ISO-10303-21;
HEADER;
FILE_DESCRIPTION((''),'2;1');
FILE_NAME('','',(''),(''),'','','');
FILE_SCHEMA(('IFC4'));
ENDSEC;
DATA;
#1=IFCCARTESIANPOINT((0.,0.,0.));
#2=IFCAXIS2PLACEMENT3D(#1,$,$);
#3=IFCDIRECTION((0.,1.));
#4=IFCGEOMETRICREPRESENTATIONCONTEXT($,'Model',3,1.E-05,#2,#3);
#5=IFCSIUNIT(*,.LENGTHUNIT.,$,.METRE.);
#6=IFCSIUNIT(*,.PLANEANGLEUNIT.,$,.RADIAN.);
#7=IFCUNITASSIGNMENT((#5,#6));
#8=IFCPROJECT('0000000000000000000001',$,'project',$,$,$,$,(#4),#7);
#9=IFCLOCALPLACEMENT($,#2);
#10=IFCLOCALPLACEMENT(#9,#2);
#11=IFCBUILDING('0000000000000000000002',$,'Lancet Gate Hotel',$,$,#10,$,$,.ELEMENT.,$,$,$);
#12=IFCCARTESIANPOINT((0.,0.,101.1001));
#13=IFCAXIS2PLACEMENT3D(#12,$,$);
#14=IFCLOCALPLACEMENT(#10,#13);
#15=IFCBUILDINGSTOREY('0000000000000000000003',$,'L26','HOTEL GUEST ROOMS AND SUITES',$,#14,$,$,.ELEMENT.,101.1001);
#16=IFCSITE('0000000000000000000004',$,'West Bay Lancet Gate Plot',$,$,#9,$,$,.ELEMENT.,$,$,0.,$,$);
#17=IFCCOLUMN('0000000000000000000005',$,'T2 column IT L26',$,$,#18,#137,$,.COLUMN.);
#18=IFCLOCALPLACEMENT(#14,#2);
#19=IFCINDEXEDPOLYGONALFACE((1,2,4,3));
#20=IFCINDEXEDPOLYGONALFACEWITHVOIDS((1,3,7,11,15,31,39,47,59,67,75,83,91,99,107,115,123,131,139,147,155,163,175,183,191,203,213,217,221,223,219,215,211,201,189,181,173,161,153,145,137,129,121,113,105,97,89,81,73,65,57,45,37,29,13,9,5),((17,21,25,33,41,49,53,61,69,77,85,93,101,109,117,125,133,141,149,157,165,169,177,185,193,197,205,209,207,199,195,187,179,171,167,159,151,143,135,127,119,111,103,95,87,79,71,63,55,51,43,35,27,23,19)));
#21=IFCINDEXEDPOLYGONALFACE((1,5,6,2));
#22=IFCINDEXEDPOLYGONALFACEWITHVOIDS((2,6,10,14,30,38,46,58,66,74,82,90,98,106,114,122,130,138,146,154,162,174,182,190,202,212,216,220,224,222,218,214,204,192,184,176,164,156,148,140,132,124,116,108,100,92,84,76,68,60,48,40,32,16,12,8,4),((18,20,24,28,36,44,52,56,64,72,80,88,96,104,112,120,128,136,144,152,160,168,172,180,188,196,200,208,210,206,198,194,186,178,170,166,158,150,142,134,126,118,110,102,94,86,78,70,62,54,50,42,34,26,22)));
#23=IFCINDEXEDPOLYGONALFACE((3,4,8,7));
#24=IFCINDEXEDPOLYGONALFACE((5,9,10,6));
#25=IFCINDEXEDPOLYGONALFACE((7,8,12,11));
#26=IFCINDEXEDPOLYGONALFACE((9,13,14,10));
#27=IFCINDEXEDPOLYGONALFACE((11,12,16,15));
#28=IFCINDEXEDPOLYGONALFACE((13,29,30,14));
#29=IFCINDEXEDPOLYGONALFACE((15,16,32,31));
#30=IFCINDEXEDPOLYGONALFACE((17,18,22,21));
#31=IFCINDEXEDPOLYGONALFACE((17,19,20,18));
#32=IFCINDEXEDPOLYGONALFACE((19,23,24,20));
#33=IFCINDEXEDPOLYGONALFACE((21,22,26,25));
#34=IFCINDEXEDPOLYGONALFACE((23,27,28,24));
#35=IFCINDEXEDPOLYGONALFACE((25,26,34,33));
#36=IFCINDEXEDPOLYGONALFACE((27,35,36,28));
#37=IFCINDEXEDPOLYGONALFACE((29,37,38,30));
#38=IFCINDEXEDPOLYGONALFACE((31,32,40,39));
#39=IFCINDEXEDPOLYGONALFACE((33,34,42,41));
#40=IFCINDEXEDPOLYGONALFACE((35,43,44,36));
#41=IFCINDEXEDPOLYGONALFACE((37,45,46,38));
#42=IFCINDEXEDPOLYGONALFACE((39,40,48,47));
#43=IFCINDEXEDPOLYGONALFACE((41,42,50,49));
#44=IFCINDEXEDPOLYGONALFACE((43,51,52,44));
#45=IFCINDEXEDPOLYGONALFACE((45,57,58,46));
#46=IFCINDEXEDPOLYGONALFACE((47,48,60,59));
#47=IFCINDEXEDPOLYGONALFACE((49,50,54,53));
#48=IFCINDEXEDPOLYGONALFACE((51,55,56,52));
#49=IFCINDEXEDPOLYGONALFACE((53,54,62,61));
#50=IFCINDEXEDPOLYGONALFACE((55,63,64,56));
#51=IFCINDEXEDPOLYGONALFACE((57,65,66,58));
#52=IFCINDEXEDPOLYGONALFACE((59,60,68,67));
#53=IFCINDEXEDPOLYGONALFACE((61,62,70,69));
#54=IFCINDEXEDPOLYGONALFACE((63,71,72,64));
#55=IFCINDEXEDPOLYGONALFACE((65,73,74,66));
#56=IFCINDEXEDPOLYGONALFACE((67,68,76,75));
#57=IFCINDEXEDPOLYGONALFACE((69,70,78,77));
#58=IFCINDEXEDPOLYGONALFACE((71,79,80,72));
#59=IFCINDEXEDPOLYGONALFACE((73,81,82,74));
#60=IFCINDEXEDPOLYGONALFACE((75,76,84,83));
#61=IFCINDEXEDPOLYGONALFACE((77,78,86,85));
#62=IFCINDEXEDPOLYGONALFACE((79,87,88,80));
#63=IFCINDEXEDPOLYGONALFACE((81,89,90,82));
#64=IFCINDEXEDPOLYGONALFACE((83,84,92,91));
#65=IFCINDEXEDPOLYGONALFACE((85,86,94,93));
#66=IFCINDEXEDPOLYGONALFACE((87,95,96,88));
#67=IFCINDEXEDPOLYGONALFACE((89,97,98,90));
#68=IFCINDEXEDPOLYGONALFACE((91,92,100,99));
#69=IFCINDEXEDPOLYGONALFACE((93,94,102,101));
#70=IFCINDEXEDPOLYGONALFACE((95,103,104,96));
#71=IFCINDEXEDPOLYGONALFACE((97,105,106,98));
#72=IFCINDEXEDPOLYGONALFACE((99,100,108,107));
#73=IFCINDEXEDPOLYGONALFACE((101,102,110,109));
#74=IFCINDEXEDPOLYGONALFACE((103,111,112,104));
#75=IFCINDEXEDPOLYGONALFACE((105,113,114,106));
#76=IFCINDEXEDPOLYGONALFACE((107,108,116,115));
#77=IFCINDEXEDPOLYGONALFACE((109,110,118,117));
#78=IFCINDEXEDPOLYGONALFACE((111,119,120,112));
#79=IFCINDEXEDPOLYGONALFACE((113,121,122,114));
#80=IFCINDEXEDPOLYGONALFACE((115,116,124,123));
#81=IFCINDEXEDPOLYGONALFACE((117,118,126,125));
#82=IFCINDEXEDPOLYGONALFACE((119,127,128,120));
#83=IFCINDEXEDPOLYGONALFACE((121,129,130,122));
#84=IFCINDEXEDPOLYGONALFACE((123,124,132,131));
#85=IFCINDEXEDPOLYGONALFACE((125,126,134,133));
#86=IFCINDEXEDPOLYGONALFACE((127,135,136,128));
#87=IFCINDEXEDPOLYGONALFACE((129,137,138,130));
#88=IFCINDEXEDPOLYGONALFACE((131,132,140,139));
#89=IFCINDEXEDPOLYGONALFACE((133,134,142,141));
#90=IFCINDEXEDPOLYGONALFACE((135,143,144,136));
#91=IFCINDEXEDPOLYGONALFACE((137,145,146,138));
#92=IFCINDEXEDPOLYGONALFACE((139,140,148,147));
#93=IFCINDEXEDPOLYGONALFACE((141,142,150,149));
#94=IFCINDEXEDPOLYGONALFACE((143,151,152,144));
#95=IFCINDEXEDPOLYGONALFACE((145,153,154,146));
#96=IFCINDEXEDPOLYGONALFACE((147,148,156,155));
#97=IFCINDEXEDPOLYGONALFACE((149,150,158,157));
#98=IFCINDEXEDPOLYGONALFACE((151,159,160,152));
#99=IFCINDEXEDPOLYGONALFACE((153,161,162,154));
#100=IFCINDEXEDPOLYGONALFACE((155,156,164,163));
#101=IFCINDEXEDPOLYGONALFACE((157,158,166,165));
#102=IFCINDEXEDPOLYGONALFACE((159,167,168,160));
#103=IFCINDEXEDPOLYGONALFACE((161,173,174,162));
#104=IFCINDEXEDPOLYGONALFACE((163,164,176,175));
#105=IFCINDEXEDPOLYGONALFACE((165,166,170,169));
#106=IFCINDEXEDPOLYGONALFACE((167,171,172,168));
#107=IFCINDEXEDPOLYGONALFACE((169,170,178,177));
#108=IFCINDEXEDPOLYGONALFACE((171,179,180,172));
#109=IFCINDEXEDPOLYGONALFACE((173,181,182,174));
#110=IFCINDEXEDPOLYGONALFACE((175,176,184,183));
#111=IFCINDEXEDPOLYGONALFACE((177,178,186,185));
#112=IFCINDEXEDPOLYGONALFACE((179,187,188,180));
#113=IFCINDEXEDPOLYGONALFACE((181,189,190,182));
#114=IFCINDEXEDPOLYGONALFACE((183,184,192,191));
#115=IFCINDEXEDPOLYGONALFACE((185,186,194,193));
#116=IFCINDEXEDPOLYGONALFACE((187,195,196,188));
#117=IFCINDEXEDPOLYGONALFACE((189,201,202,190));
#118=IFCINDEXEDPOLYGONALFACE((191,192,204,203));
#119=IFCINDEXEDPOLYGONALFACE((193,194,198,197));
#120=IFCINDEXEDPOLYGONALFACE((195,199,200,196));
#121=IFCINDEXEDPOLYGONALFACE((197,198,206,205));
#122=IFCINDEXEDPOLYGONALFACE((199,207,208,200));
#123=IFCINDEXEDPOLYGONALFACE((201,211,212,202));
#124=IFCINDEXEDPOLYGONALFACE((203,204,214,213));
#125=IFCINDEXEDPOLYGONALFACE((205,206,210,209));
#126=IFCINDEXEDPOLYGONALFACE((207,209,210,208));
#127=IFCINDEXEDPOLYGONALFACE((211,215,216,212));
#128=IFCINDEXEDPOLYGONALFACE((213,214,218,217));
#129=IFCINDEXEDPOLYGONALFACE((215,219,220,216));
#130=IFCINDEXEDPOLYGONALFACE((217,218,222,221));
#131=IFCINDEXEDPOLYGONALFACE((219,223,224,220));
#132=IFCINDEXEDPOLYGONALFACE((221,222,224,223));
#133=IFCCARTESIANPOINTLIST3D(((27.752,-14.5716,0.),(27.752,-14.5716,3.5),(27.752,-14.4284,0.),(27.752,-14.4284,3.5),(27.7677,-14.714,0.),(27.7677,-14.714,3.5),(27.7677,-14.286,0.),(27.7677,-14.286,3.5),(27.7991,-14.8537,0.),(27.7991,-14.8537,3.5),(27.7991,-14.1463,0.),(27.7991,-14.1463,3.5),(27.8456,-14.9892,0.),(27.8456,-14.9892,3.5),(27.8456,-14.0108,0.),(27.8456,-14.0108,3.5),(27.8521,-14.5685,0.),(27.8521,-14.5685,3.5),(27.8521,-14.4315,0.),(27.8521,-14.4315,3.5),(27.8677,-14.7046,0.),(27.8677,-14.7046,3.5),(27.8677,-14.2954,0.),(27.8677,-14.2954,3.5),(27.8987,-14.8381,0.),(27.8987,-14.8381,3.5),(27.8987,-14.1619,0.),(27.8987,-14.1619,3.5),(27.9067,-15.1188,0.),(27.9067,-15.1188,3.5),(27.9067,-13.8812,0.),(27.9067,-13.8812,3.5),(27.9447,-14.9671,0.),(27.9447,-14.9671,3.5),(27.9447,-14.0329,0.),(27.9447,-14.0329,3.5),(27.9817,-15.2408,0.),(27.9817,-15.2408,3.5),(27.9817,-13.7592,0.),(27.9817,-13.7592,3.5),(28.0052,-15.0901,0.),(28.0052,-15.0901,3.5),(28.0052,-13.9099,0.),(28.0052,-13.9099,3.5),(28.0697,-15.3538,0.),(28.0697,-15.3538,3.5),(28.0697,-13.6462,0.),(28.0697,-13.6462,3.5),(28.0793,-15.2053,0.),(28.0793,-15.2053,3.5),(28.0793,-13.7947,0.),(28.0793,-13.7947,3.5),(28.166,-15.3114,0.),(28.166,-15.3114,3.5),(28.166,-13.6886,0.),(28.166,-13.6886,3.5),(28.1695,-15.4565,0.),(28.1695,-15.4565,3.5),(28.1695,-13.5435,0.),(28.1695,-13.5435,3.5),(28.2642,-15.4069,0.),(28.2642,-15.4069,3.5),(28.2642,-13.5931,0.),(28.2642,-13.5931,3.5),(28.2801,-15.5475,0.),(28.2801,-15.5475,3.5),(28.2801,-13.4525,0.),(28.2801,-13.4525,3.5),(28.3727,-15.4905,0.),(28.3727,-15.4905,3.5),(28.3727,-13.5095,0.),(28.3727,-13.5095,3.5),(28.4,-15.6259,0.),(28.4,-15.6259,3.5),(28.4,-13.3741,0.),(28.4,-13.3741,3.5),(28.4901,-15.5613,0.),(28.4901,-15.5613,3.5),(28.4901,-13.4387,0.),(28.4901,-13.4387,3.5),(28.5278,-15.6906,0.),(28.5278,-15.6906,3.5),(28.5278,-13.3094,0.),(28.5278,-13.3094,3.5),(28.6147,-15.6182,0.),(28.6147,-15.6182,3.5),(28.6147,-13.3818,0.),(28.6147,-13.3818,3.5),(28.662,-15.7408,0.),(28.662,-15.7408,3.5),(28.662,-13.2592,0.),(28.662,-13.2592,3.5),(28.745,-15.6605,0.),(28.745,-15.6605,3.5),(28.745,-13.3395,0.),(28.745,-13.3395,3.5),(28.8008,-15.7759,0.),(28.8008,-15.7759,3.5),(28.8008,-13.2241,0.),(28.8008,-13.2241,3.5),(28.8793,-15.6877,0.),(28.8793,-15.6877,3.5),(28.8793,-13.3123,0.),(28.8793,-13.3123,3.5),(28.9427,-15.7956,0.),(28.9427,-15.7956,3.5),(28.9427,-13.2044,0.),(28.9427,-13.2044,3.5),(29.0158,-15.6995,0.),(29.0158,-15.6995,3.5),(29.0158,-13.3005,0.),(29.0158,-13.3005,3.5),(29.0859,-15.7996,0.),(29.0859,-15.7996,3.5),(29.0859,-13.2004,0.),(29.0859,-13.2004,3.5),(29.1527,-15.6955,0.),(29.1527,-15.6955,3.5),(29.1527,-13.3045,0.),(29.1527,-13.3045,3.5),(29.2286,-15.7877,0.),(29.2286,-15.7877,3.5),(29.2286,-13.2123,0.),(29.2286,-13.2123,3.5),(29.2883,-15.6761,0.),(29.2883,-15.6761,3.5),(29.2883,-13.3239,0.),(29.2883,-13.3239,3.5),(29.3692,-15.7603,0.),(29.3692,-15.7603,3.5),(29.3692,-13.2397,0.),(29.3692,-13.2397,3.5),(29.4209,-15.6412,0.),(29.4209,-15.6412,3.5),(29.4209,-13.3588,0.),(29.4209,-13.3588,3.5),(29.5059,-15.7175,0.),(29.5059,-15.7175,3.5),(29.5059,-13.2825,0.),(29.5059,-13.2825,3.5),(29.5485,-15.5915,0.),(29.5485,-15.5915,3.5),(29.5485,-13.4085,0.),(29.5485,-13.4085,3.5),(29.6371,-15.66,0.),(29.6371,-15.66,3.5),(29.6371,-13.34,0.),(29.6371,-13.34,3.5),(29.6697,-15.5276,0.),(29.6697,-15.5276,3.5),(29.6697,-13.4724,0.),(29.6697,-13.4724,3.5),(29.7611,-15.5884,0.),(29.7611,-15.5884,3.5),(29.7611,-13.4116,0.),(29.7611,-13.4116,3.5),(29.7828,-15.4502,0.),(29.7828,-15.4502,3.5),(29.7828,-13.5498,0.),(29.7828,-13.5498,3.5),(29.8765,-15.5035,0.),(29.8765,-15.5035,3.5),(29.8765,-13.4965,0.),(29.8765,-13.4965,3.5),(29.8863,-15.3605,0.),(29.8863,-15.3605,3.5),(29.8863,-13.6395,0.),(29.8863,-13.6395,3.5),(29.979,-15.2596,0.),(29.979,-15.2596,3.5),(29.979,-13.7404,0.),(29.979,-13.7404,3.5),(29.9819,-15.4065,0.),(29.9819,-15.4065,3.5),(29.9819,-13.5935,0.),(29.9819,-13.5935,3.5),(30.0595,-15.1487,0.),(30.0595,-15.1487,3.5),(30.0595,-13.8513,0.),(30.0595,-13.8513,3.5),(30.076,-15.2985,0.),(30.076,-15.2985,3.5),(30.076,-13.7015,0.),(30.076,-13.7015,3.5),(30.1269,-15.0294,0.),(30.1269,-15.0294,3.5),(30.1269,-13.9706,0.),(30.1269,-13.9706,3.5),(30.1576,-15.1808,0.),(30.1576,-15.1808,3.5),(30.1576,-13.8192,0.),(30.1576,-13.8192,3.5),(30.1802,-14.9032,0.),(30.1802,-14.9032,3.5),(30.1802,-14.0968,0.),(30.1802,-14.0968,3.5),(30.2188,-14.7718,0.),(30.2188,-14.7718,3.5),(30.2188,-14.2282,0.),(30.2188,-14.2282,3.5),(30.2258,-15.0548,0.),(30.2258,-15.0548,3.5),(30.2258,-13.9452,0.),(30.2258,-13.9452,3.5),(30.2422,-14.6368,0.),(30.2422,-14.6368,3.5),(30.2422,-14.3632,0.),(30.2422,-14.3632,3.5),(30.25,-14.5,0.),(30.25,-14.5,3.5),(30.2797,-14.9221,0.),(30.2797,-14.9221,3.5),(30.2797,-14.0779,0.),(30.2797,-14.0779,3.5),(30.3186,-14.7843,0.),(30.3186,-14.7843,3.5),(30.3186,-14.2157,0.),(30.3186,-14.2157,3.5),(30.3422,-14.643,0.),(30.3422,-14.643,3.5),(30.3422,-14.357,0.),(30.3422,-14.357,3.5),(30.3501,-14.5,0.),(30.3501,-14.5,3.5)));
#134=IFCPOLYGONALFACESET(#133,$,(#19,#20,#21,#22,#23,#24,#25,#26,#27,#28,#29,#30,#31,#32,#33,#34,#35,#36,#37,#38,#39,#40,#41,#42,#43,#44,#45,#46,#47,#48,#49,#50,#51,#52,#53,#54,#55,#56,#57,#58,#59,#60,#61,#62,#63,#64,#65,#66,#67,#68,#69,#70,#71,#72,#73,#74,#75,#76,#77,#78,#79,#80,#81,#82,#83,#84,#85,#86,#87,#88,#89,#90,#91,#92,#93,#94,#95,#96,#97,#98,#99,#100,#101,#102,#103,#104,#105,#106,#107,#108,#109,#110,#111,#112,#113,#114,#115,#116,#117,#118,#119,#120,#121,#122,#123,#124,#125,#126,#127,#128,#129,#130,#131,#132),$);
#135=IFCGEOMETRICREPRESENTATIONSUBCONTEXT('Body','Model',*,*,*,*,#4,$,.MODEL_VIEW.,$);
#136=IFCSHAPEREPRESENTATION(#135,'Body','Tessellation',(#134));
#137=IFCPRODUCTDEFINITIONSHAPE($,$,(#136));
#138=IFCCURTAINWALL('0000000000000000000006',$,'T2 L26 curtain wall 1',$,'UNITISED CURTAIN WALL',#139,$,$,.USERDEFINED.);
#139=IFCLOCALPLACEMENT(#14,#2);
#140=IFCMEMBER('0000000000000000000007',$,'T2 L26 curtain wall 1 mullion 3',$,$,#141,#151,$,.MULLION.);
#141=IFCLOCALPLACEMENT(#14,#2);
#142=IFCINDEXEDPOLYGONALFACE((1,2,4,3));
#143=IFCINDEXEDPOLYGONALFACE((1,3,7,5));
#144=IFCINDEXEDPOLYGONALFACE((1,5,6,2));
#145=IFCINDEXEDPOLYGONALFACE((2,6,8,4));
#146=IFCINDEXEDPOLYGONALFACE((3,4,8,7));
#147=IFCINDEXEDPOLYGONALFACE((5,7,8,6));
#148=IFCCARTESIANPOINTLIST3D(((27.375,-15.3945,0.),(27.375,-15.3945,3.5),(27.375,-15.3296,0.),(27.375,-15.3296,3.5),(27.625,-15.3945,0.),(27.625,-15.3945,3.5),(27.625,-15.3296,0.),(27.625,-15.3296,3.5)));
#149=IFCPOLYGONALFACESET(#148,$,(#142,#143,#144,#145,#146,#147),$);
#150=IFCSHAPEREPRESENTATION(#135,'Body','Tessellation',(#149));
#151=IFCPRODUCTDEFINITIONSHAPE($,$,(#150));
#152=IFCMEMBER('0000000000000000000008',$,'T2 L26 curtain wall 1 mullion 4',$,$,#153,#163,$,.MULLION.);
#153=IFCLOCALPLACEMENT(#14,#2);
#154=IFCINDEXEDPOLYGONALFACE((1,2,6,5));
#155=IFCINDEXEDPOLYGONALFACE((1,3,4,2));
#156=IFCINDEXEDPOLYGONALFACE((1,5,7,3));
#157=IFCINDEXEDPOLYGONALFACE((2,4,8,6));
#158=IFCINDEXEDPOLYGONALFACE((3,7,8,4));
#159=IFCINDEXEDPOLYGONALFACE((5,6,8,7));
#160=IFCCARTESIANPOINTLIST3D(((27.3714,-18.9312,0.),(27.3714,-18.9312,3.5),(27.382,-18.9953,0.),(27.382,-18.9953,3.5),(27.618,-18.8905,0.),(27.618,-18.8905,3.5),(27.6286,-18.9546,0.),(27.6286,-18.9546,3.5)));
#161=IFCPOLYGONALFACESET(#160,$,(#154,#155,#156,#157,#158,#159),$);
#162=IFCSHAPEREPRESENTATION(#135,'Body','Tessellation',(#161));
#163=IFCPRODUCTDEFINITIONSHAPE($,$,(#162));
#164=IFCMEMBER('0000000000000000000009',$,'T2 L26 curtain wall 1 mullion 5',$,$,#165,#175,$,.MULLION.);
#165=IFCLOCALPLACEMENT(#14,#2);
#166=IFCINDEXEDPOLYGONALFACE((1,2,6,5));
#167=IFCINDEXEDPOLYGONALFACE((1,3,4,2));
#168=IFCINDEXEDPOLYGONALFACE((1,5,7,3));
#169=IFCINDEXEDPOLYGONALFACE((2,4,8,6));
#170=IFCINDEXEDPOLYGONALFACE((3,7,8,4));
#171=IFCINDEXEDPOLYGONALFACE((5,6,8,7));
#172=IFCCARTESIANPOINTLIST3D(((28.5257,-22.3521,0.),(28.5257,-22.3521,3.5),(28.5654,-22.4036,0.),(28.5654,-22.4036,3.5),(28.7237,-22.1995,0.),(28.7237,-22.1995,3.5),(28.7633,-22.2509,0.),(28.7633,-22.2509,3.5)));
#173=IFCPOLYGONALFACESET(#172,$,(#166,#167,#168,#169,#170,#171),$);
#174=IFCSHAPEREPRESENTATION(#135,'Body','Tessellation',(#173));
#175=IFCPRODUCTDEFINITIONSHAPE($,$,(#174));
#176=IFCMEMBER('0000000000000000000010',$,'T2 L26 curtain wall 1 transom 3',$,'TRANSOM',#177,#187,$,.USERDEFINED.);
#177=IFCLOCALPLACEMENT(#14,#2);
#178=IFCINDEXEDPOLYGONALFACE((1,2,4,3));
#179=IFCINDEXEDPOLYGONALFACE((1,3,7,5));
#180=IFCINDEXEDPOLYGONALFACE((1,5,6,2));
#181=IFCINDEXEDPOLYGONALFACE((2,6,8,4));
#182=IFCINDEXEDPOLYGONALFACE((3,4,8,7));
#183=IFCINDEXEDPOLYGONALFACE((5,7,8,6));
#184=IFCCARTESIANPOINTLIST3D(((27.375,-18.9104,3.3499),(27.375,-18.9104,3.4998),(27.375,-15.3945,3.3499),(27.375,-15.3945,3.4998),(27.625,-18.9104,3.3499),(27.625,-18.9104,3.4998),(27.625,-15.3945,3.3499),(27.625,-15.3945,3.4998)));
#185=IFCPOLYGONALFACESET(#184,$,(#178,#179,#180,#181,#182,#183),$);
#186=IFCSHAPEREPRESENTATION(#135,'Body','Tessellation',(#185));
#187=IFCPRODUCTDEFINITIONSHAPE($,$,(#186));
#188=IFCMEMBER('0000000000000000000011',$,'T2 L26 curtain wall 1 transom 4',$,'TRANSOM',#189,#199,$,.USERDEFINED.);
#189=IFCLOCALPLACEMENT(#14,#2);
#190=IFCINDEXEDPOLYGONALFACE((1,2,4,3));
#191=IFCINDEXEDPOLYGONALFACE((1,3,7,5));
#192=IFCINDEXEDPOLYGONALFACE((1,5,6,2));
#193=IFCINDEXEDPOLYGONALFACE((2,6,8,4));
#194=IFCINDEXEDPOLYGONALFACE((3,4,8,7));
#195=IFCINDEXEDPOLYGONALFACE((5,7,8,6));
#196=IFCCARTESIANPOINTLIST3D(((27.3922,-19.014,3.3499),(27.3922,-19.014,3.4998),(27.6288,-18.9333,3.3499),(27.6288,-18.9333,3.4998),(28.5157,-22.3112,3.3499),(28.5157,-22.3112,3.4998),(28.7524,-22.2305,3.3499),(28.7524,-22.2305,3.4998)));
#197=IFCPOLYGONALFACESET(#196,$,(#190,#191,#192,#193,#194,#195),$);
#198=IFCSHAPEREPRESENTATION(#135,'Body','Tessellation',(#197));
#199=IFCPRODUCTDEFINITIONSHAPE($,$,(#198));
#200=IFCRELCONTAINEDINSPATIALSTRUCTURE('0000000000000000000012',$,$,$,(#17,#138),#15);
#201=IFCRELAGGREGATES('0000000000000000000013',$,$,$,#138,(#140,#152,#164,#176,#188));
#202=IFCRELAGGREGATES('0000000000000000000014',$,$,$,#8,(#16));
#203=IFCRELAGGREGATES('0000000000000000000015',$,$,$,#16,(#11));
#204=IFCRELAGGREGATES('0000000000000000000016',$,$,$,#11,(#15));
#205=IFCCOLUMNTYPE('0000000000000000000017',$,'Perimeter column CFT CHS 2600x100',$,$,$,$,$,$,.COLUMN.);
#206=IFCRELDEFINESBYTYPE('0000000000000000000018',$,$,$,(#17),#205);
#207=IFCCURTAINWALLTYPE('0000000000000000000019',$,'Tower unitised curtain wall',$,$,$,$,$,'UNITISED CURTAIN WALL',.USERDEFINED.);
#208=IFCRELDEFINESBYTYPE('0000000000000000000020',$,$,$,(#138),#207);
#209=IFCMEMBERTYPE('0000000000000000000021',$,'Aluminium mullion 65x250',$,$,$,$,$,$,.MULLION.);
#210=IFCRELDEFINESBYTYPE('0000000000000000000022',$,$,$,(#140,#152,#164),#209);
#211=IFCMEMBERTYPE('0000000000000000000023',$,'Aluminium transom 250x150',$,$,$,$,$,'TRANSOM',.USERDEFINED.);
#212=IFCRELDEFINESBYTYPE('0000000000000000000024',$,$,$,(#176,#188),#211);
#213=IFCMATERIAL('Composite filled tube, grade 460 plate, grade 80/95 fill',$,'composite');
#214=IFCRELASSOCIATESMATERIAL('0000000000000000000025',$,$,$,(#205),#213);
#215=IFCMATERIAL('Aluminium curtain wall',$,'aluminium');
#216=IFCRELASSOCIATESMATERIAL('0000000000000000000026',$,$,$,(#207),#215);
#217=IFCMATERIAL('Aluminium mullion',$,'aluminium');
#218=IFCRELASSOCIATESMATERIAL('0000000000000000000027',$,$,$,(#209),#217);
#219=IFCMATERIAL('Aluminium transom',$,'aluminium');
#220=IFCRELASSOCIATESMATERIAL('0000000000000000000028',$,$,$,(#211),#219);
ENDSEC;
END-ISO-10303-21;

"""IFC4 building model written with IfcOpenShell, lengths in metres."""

from ifc_helpers import new_model, si_unit, direction, frame, origin, origin_2d, place, context, subcontext, project, spatial, rectangle, hollow_circle, extrude, material, material_profile, profile_set, type_object, element, aggregate, save


model = new_model("IFC4")

# Units and contexts
model_context = context("Model", 3, precision=1e-05, world=origin(), true_north=direction((0.0, 1.0)))
body_context = subcontext(model_context, "Body", "Model", "MODEL_VIEW")
ifc_project = project(units=[si_unit("LENGTHUNIT", "METRE"), si_unit("PLANEANGLEUNIT", "RADIAN")], contexts=[model_context])

# Site, building, storey
site_placement = place(None, origin())
site = spatial("IfcSite", under=ifc_project, at=site_placement, Name="West Bay Lancet Gate Plot", CompositionType="ELEMENT", RefElevation=0.0)
building_placement = place(site_placement, origin())
building = spatial("IfcBuilding", under=site, at=building_placement, Name="Lancet Gate Hotel", CompositionType="ELEMENT")
storey_placement = place(building_placement, frame((0.0, 0.0, 101.1001)))
storey = spatial("IfcBuildingStorey", under=building, at=storey_placement, Name="L26", Description="HOTEL GUEST ROOMS AND SUITES", CompositionType="ELEMENT", Elevation=101.1001)

# Column
ifc_material_1 = material(Name="Composite filled tube, grade 460 plate, grade 80/95 fill", Category="composite")
ifc_material_profile_1 = material_profile(ifc_material_1, hollow_circle(Radius=1.3, WallThickness=0.1001, at=origin_2d()), Name="CHS 2600x100")
ifc_profile_set_1 = profile_set([ifc_material_profile_1], Name="Composite filled tube, grade 460 plate, grade 80/95 fill")
column_type = type_object("IfcColumnType", Name="Perimeter column CFT CHS 2600x100", PredefinedType="COLUMN", material=ifc_profile_set_1)
column_placement = place(storey_placement, frame((29.05, -14.5, 0.0), z_axis=(0.0, 0.0, 1.0), x_axis=(1.0, 0.0, 0.0)))
element("IfcColumn", 1, at=column_placement, inside=storey, type_object=column_type, Name="T2 column IT L26", PredefinedType="COLUMN", context=body_context, shape_type="SweptSolid", body=[
    extrude(hollow_circle(Radius=1.3, WallThickness=0.1001, at=origin_2d()), origin(), (0.0, 0.0, 1.0), 3.5),
])

# Curtain wall, members
ifc_material_2 = material(Name="Aluminium curtain wall", Category="aluminium")
curtain_wall_type = type_object("IfcCurtainWallType", Name="Tower unitised curtain wall", ElementType="UNITISED CURTAIN WALL", PredefinedType="USERDEFINED", material=ifc_material_2)
curtain_wall_placement = place(storey_placement, origin())
curtain_wall = element("IfcCurtainWall", 2, at=curtain_wall_placement, inside=storey, type_object=curtain_wall_type, Name="T2 L26 curtain wall 1", ObjectType="UNITISED CURTAIN WALL", PredefinedType="USERDEFINED")
ifc_material_3 = material(Name="Aluminium mullion", Category="aluminium")
ifc_material_profile_2 = material_profile(ifc_material_3, rectangle(XDim=0.0649, YDim=0.25, at=origin_2d()), Name="MULLION 65x250")
ifc_profile_set_2 = profile_set([ifc_material_profile_2], Name="Aluminium mullion")
member_type_1 = type_object("IfcMemberType", Name="Aluminium mullion 65x250", PredefinedType="MULLION", material=ifc_profile_set_2)
member_1_placement = place(storey_placement, frame((27.5, -15.3621, 0.0), z_axis=(0.0, 0.0, 1.0), x_axis=(0.0, -1.0, 0.0)))
member_1 = element("IfcMember", 3, at=member_1_placement, type_object=member_type_1, Name="T2 L26 curtain wall 1 mullion 3", PredefinedType="MULLION", context=body_context, shape_type="SweptSolid", body=[
    extrude(rectangle(XDim=0.0649, YDim=0.25, at=origin_2d()), origin(), (0.0, 0.0, 1.0), 3.5),
])
member_2_placement = place(storey_placement, frame((27.5, -18.9429, 0.0), z_axis=(0.0, 0.0, 1.0), x_axis=(0.162739, -0.986669, 0.0)))
member_2 = element("IfcMember", 4, at=member_2_placement, type_object=member_type_1, Name="T2 L26 curtain wall 1 mullion 4", PredefinedType="MULLION", context=body_context, shape_type="SweptSolid", body=[
    extrude(rectangle(XDim=0.0649, YDim=0.25, at=origin_2d()), origin(), (0.0, 0.0, 1.0), 3.5),
])
member_3_placement = place(storey_placement, frame((28.6445, -22.3015, 0.0), z_axis=(0.0, 0.0, 1.0), x_axis=(0.610664, -0.79189, 0.0)))
member_3 = element("IfcMember", 5, at=member_3_placement, type_object=member_type_1, Name="T2 L26 curtain wall 1 mullion 5", PredefinedType="MULLION", context=body_context, shape_type="SweptSolid", body=[
    extrude(rectangle(XDim=0.0649, YDim=0.25, at=origin_2d()), origin(), (0.0, 0.0, 1.0), 3.5),
])
ifc_material_4 = material(Name="Aluminium transom", Category="aluminium")
ifc_material_profile_3 = material_profile(ifc_material_4, rectangle(XDim=0.25, YDim=0.1499, at=origin_2d()), Name="TRANSOM 250x150")
ifc_profile_set_3 = profile_set([ifc_material_profile_3], Name="Aluminium transom")
member_type_2 = type_object("IfcMemberType", Name="Aluminium transom 250x150", ElementType="TRANSOM", PredefinedType="USERDEFINED", material=ifc_profile_set_3)
member_4_placement = place(storey_placement, frame((27.5, -15.3945, 3.4248), z_axis=(0.0, -1.0, 0.0), x_axis=(1.0, 0.0, 0.0)))
member_4 = element("IfcMember", 6, at=member_4_placement, type_object=member_type_2, Name="T2 L26 curtain wall 1 transom 3", ObjectType="TRANSOM", PredefinedType="USERDEFINED", context=body_context, shape_type="SweptSolid", body=[
    extrude(rectangle(XDim=0.25, YDim=0.1499, at=origin_2d()), origin(), (0.0, 0.0, 1.0), 3.5159),
])
member_5_placement = place(storey_placement, frame((27.5105, -18.9736, 3.4248), z_axis=(0.32255, -0.946553, 0.0), x_axis=(0.946553, 0.32255, 0.0)))
member_5 = element("IfcMember", 7, at=member_5_placement, type_object=member_type_2, Name="T2 L26 curtain wall 1 transom 4", ObjectType="TRANSOM", PredefinedType="USERDEFINED", context=body_context, shape_type="SweptSolid", body=[
    extrude(rectangle(XDim=0.25, YDim=0.1499, at=origin_2d()), origin(), (0.0, 0.0, 1.0), 3.4834),
])

aggregate(curtain_wall, [member_1, member_2, member_3, member_4, member_5])

save(model, "model.ifc")
